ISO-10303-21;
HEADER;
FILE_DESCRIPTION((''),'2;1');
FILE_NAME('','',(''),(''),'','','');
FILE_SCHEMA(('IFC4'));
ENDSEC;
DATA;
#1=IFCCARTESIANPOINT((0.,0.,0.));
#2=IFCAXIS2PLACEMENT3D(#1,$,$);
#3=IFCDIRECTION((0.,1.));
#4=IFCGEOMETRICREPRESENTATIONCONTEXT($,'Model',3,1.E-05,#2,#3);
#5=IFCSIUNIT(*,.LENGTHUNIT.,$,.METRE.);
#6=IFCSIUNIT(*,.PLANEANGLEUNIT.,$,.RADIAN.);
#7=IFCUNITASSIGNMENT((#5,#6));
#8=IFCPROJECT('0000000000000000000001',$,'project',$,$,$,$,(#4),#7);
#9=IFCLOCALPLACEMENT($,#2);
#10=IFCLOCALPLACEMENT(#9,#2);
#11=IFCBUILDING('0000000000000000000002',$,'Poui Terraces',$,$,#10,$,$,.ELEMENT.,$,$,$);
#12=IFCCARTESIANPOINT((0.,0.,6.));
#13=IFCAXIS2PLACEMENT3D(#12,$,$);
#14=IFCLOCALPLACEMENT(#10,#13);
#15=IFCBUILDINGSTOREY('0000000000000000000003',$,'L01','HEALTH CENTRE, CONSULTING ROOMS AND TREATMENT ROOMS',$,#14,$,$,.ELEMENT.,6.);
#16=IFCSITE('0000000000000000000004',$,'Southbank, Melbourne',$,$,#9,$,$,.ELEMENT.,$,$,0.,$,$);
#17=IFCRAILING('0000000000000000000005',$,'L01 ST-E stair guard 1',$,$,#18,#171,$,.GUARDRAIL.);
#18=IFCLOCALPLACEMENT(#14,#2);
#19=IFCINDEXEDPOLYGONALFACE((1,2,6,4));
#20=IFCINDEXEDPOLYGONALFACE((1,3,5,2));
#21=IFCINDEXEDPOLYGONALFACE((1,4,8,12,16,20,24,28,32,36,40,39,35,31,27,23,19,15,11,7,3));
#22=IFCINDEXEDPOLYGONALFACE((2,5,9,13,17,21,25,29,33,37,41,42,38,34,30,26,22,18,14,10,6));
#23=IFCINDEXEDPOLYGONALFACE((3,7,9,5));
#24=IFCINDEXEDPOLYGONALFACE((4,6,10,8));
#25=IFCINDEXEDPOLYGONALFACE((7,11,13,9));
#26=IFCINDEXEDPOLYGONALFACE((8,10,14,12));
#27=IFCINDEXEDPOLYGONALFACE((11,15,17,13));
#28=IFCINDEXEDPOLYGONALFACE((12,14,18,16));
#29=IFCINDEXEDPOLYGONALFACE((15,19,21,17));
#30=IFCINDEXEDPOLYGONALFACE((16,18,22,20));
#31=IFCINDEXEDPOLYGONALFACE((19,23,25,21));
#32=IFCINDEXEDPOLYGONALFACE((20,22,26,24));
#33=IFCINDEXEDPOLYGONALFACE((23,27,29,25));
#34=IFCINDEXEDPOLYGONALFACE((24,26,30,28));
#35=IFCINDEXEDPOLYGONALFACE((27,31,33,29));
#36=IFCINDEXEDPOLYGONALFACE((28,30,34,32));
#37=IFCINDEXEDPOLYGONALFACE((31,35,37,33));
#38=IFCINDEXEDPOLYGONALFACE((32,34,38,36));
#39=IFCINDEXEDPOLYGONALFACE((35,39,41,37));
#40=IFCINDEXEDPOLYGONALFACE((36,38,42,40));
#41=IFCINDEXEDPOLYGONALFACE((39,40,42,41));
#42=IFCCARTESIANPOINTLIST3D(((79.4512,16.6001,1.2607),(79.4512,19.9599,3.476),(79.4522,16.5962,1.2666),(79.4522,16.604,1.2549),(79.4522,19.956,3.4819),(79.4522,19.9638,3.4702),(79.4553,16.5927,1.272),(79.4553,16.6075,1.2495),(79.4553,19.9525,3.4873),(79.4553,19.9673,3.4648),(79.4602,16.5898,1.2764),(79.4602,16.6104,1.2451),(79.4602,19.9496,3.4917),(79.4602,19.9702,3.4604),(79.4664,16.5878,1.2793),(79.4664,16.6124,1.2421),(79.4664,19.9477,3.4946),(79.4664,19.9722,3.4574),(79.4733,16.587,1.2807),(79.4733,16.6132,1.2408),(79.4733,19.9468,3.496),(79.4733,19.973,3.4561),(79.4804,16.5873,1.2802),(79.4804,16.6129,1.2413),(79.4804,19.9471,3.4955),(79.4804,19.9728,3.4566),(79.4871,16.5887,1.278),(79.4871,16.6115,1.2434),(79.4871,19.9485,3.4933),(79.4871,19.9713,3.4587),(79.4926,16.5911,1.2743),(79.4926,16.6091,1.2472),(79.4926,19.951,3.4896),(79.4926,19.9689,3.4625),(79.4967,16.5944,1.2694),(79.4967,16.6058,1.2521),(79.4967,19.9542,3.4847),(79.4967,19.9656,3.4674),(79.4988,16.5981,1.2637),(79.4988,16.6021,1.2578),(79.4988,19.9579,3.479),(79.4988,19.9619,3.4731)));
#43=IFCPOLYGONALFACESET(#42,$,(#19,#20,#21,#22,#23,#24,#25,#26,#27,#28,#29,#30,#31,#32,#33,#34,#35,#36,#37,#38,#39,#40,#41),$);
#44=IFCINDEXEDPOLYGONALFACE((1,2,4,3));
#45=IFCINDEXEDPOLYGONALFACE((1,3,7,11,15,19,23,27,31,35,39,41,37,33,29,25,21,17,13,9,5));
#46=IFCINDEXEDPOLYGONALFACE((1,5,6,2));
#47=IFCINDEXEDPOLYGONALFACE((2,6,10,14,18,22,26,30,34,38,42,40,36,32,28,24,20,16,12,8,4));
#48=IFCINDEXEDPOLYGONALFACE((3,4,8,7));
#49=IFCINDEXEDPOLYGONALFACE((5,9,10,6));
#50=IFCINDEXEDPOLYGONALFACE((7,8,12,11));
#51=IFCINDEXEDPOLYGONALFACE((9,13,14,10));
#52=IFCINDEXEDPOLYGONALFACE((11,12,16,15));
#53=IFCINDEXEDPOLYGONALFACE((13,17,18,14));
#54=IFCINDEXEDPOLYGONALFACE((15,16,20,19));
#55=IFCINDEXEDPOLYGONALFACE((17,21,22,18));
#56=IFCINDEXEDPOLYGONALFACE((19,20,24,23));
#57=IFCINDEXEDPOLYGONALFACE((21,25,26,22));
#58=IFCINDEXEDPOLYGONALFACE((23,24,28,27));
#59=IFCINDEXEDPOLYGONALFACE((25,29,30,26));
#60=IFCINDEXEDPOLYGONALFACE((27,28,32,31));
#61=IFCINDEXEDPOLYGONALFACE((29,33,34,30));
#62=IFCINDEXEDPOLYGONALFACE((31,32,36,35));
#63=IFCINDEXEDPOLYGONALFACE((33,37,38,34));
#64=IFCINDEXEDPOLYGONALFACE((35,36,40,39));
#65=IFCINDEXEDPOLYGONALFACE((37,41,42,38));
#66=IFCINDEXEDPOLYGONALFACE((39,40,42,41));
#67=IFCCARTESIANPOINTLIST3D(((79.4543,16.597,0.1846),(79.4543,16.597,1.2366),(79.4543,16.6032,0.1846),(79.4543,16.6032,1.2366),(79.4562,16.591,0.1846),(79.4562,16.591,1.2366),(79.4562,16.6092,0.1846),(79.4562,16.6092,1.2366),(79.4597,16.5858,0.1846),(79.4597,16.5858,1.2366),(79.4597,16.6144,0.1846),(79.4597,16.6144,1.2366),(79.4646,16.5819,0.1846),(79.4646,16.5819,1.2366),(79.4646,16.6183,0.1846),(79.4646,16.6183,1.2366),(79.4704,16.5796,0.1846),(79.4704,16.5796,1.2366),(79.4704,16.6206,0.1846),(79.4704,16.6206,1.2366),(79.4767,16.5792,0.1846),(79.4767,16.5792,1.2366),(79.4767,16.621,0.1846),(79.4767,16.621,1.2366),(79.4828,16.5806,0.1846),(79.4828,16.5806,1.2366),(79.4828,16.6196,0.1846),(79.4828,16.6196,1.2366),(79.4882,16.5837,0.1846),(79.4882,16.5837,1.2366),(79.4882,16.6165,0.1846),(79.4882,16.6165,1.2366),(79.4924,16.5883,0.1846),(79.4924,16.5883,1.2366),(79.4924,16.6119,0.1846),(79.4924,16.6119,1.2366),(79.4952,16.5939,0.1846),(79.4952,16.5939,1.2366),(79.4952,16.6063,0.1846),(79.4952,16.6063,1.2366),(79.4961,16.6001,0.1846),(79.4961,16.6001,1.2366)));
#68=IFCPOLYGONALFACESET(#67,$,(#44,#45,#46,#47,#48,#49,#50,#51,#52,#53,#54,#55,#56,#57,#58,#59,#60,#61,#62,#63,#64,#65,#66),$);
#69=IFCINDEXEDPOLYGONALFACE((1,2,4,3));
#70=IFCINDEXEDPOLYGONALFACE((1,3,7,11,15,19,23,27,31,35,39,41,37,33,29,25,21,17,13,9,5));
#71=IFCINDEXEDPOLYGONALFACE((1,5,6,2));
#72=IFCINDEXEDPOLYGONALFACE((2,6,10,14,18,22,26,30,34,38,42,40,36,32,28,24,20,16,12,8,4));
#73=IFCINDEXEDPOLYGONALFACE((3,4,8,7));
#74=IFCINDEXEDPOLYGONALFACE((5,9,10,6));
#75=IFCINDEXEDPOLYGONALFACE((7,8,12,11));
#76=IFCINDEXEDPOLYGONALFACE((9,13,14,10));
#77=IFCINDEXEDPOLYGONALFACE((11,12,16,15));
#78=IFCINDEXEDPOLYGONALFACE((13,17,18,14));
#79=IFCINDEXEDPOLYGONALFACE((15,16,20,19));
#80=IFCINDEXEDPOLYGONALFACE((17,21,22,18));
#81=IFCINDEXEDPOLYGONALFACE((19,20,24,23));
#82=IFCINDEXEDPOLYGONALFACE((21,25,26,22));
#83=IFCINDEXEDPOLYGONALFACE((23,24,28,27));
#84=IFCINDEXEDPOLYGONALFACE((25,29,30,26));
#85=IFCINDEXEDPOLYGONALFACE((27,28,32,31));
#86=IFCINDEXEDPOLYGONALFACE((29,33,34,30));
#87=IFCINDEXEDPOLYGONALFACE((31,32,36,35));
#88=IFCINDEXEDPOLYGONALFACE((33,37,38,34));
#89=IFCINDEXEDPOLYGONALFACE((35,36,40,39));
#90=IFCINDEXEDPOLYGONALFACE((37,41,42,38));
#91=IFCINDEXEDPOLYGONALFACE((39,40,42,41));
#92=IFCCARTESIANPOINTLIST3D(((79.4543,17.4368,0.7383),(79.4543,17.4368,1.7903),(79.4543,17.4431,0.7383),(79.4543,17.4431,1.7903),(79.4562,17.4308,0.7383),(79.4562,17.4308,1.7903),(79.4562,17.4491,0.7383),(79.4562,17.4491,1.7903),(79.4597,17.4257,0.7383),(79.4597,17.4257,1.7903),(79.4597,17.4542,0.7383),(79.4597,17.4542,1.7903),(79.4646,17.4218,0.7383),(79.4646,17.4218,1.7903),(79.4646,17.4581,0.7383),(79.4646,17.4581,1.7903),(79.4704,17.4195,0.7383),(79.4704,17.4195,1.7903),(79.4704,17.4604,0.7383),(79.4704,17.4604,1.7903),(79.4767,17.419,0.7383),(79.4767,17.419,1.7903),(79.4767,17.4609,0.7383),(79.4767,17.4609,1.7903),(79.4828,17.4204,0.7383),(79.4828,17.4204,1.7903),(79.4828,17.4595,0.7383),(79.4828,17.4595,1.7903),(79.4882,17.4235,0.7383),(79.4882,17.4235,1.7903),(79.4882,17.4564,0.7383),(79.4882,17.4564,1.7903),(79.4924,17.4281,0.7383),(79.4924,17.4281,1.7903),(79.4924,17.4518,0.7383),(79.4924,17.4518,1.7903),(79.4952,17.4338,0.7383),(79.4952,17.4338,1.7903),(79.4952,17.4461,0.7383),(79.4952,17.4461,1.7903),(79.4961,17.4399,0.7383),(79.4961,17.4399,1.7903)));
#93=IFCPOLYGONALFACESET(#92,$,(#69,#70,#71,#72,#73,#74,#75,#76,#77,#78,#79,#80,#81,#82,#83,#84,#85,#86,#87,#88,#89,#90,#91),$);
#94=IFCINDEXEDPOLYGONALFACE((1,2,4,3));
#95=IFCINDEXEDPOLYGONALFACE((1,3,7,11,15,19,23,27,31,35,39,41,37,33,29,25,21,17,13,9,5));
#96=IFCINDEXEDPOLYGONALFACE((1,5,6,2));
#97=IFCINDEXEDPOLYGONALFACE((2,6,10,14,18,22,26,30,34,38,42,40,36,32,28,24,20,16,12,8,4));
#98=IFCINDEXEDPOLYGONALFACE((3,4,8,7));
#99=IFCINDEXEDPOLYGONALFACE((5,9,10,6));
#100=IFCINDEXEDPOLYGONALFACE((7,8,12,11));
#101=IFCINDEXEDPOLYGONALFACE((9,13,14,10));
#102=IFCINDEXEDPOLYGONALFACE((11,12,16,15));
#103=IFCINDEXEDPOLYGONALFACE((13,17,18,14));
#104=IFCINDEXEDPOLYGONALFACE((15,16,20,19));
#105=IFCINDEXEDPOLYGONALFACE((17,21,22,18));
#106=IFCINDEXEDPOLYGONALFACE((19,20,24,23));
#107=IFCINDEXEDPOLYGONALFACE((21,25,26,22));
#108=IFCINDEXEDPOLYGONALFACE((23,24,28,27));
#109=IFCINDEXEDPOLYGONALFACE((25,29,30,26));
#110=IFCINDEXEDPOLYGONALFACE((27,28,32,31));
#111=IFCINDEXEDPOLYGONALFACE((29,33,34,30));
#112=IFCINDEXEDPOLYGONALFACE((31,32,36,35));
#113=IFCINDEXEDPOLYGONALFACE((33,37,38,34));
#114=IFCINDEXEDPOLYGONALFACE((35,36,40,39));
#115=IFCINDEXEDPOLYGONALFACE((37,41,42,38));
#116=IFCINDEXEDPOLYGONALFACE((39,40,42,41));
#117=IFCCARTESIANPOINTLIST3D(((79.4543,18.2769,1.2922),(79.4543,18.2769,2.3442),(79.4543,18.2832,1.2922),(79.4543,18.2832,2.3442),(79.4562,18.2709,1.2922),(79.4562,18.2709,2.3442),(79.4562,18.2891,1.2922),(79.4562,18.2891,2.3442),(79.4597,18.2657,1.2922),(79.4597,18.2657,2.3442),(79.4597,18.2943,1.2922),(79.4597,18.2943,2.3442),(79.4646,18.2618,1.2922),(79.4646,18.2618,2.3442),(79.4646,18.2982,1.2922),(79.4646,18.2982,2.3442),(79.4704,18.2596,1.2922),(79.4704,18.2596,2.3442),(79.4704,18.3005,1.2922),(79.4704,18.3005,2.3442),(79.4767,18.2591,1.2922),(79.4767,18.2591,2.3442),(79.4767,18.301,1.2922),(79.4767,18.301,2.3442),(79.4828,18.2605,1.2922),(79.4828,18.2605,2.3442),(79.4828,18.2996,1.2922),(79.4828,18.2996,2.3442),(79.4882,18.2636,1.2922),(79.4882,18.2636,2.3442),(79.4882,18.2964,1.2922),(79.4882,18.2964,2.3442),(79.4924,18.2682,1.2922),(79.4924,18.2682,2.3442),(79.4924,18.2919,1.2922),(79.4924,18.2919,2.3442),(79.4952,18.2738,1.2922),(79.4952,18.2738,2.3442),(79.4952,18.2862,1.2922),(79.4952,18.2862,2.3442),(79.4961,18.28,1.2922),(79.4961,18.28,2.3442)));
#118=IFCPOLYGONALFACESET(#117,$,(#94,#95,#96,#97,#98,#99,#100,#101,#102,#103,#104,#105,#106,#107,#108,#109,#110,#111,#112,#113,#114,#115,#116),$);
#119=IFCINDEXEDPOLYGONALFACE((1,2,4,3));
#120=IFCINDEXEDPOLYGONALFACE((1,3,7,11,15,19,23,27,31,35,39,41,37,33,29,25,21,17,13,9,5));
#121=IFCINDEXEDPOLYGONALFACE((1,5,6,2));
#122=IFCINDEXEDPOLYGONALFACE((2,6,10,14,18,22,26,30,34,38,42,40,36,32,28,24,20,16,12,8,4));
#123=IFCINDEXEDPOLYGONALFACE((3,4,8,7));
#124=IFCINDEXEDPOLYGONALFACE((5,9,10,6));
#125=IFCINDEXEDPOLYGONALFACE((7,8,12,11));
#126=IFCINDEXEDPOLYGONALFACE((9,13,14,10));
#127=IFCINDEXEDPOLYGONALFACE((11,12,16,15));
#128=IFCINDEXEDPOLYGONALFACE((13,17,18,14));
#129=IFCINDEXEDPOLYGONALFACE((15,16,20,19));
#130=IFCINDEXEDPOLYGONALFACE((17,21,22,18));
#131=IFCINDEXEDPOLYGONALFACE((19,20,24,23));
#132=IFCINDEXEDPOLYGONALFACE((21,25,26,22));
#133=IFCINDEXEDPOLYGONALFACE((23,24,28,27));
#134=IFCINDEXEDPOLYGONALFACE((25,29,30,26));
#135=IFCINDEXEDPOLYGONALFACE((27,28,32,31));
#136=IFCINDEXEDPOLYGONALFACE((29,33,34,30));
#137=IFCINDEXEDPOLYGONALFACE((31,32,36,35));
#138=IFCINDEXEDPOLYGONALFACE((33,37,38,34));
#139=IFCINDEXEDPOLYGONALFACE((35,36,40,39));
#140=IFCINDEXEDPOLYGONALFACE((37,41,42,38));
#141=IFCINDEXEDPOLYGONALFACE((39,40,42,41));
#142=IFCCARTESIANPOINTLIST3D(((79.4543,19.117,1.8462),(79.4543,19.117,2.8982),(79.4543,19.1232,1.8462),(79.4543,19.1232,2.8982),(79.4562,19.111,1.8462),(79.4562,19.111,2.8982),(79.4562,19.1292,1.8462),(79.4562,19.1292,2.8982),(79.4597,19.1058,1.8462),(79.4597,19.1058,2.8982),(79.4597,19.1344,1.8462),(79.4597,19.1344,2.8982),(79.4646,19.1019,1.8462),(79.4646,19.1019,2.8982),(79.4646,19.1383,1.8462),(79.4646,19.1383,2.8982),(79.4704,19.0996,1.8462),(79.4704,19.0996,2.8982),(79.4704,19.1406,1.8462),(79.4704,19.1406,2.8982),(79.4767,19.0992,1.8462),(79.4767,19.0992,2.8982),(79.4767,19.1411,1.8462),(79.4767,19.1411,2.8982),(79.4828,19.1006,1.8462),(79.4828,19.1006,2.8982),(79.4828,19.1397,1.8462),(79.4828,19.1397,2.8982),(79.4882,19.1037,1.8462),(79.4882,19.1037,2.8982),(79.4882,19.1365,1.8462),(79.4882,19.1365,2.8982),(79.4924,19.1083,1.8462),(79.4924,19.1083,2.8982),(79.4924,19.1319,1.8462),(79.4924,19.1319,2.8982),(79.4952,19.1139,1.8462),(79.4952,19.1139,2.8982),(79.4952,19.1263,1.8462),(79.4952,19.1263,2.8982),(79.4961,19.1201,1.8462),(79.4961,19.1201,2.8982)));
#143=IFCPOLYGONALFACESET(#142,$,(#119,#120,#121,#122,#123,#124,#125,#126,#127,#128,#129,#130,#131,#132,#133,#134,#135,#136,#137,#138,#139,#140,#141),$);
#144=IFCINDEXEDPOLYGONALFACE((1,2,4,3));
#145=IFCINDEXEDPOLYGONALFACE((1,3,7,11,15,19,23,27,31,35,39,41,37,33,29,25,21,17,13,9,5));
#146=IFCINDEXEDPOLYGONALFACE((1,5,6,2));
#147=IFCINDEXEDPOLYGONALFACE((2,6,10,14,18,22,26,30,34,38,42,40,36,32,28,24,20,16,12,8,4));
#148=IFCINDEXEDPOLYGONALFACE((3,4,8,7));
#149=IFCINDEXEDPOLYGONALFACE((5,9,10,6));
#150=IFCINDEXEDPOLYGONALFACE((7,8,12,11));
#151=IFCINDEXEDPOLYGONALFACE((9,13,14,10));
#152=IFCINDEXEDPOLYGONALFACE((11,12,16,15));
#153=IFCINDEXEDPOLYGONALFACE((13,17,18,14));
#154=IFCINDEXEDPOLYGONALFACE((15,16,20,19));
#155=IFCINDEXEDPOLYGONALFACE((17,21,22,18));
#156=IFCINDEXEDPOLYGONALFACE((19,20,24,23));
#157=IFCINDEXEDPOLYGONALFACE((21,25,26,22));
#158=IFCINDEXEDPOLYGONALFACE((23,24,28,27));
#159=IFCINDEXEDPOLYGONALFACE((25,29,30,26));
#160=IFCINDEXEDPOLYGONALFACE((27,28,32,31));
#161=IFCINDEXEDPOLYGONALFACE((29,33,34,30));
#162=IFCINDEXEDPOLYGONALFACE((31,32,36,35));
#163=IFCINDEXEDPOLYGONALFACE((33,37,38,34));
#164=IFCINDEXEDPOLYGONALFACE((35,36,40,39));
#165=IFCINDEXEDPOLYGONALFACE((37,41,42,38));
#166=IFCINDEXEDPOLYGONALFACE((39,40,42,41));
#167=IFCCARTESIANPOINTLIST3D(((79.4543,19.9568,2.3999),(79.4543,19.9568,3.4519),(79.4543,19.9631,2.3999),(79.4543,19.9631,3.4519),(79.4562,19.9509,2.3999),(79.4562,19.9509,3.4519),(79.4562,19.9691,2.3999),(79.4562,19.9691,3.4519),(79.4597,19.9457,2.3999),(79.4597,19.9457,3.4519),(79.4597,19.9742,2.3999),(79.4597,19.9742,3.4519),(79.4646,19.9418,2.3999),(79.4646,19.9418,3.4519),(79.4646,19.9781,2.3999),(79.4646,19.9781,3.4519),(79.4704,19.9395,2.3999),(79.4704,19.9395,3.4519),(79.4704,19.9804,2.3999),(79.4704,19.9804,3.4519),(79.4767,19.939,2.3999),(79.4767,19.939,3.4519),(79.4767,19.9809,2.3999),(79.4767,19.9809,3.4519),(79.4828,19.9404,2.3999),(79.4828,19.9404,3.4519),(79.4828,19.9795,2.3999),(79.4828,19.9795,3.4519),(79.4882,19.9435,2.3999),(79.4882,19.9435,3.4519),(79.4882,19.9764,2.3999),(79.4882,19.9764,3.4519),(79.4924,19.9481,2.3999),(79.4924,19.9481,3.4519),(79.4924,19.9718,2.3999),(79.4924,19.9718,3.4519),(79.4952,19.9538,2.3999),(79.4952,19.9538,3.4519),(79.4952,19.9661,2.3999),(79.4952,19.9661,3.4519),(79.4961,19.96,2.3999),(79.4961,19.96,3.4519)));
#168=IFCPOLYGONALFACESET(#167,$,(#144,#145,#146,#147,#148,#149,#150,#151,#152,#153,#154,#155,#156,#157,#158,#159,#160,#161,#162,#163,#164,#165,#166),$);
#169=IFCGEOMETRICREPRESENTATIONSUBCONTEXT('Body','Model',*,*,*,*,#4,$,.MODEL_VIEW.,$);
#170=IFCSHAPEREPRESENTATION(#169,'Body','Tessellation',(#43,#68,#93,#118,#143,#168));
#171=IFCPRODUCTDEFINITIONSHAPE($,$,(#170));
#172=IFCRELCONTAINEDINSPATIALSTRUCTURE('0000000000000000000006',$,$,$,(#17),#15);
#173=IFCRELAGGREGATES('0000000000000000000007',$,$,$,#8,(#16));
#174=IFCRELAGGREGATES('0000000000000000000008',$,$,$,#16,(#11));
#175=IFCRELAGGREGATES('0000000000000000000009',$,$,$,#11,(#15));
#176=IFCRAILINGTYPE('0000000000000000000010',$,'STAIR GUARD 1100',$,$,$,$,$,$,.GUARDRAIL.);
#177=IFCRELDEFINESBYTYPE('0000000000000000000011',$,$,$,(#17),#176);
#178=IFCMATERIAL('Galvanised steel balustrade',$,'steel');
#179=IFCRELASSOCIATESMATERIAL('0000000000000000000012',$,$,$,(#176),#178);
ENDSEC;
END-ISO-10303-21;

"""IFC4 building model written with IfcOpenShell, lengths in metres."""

from ifc_helpers import new_model, si_unit, direction, frame, origin, origin_2d, place, context, subcontext, project, spatial, circle, extrude, material, type_object, element, save


model = new_model("IFC4")

# Units and contexts
model_context = context("Model", 3, precision=1e-05, world=origin(), true_north=direction((0.0, 1.0)))
body_context = subcontext(model_context, "Body", "Model", "MODEL_VIEW")
ifc_project = project(units=[si_unit("LENGTHUNIT", "METRE"), si_unit("PLANEANGLEUNIT", "RADIAN")], contexts=[model_context])

# Site, building, storey
site_placement = place(None, origin())
site = spatial("IfcSite", under=ifc_project, at=site_placement, Name="Southbank, Melbourne", CompositionType="ELEMENT", RefElevation=0.0)
building_placement = place(site_placement, origin())
building = spatial("IfcBuilding", under=site, at=building_placement, Name="Poui Terraces", CompositionType="ELEMENT")
storey_placement = place(building_placement, frame((0.0, 0.0, 6.0)))
storey = spatial("IfcBuildingStorey", under=building, at=storey_placement, Name="L01", Description="HEALTH CENTRE, CONSULTING ROOMS AND TREATMENT ROOMS", CompositionType="ELEMENT", Elevation=6.0)

# Railing
ifc_material_1 = material(Name="Galvanised steel balustrade", Category="steel")
railing_type_1 = type_object("IfcRailingType", Name="STAIR GUARD 1100", PredefinedType="GUARDRAIL", material=ifc_material_1)
railing_1_placement = place(storey_placement, frame((79.4751, 16.6001, 0.1846)))
element("IfcRailing", 1, at=railing_1_placement, inside=storey, type_object=railing_type_1, Name="L01 ST-E stair guard 1", PredefinedType="GUARDRAIL", context=body_context, shape_type="SweptSolid", body=[
    extrude(circle(Radius=0.0239, at=origin_2d()), frame((0.0, 0.0, 1.0762), z_axis=(0.0, 0.834858, 0.550465), x_axis=(-1.0, 0.0, 0.0)), (0.0, 0.0, 1.0), 4.0244),
    extrude(circle(Radius=0.021, at=origin_2d()), origin(), (0.0, 0.0, 1.0), 1.052),
    extrude(circle(Radius=0.021, at=origin_2d()), frame((0.0, 0.8398, 0.5537)), (0.0, 0.0, 1.0), 1.052),
    extrude(circle(Radius=0.021, at=origin_2d()), frame((0.0, 1.6799, 1.1077)), (0.0, 0.0, 1.0), 1.052),
    extrude(circle(Radius=0.021, at=origin_2d()), frame((0.0, 2.52, 1.6616)), (0.0, 0.0, 1.0), 1.052),
    extrude(circle(Radius=0.021, at=origin_2d()), frame((0.0, 3.3599, 2.2153)), (0.0, 0.0, 1.0), 1.052),
])

save(model, "model.ifc")
